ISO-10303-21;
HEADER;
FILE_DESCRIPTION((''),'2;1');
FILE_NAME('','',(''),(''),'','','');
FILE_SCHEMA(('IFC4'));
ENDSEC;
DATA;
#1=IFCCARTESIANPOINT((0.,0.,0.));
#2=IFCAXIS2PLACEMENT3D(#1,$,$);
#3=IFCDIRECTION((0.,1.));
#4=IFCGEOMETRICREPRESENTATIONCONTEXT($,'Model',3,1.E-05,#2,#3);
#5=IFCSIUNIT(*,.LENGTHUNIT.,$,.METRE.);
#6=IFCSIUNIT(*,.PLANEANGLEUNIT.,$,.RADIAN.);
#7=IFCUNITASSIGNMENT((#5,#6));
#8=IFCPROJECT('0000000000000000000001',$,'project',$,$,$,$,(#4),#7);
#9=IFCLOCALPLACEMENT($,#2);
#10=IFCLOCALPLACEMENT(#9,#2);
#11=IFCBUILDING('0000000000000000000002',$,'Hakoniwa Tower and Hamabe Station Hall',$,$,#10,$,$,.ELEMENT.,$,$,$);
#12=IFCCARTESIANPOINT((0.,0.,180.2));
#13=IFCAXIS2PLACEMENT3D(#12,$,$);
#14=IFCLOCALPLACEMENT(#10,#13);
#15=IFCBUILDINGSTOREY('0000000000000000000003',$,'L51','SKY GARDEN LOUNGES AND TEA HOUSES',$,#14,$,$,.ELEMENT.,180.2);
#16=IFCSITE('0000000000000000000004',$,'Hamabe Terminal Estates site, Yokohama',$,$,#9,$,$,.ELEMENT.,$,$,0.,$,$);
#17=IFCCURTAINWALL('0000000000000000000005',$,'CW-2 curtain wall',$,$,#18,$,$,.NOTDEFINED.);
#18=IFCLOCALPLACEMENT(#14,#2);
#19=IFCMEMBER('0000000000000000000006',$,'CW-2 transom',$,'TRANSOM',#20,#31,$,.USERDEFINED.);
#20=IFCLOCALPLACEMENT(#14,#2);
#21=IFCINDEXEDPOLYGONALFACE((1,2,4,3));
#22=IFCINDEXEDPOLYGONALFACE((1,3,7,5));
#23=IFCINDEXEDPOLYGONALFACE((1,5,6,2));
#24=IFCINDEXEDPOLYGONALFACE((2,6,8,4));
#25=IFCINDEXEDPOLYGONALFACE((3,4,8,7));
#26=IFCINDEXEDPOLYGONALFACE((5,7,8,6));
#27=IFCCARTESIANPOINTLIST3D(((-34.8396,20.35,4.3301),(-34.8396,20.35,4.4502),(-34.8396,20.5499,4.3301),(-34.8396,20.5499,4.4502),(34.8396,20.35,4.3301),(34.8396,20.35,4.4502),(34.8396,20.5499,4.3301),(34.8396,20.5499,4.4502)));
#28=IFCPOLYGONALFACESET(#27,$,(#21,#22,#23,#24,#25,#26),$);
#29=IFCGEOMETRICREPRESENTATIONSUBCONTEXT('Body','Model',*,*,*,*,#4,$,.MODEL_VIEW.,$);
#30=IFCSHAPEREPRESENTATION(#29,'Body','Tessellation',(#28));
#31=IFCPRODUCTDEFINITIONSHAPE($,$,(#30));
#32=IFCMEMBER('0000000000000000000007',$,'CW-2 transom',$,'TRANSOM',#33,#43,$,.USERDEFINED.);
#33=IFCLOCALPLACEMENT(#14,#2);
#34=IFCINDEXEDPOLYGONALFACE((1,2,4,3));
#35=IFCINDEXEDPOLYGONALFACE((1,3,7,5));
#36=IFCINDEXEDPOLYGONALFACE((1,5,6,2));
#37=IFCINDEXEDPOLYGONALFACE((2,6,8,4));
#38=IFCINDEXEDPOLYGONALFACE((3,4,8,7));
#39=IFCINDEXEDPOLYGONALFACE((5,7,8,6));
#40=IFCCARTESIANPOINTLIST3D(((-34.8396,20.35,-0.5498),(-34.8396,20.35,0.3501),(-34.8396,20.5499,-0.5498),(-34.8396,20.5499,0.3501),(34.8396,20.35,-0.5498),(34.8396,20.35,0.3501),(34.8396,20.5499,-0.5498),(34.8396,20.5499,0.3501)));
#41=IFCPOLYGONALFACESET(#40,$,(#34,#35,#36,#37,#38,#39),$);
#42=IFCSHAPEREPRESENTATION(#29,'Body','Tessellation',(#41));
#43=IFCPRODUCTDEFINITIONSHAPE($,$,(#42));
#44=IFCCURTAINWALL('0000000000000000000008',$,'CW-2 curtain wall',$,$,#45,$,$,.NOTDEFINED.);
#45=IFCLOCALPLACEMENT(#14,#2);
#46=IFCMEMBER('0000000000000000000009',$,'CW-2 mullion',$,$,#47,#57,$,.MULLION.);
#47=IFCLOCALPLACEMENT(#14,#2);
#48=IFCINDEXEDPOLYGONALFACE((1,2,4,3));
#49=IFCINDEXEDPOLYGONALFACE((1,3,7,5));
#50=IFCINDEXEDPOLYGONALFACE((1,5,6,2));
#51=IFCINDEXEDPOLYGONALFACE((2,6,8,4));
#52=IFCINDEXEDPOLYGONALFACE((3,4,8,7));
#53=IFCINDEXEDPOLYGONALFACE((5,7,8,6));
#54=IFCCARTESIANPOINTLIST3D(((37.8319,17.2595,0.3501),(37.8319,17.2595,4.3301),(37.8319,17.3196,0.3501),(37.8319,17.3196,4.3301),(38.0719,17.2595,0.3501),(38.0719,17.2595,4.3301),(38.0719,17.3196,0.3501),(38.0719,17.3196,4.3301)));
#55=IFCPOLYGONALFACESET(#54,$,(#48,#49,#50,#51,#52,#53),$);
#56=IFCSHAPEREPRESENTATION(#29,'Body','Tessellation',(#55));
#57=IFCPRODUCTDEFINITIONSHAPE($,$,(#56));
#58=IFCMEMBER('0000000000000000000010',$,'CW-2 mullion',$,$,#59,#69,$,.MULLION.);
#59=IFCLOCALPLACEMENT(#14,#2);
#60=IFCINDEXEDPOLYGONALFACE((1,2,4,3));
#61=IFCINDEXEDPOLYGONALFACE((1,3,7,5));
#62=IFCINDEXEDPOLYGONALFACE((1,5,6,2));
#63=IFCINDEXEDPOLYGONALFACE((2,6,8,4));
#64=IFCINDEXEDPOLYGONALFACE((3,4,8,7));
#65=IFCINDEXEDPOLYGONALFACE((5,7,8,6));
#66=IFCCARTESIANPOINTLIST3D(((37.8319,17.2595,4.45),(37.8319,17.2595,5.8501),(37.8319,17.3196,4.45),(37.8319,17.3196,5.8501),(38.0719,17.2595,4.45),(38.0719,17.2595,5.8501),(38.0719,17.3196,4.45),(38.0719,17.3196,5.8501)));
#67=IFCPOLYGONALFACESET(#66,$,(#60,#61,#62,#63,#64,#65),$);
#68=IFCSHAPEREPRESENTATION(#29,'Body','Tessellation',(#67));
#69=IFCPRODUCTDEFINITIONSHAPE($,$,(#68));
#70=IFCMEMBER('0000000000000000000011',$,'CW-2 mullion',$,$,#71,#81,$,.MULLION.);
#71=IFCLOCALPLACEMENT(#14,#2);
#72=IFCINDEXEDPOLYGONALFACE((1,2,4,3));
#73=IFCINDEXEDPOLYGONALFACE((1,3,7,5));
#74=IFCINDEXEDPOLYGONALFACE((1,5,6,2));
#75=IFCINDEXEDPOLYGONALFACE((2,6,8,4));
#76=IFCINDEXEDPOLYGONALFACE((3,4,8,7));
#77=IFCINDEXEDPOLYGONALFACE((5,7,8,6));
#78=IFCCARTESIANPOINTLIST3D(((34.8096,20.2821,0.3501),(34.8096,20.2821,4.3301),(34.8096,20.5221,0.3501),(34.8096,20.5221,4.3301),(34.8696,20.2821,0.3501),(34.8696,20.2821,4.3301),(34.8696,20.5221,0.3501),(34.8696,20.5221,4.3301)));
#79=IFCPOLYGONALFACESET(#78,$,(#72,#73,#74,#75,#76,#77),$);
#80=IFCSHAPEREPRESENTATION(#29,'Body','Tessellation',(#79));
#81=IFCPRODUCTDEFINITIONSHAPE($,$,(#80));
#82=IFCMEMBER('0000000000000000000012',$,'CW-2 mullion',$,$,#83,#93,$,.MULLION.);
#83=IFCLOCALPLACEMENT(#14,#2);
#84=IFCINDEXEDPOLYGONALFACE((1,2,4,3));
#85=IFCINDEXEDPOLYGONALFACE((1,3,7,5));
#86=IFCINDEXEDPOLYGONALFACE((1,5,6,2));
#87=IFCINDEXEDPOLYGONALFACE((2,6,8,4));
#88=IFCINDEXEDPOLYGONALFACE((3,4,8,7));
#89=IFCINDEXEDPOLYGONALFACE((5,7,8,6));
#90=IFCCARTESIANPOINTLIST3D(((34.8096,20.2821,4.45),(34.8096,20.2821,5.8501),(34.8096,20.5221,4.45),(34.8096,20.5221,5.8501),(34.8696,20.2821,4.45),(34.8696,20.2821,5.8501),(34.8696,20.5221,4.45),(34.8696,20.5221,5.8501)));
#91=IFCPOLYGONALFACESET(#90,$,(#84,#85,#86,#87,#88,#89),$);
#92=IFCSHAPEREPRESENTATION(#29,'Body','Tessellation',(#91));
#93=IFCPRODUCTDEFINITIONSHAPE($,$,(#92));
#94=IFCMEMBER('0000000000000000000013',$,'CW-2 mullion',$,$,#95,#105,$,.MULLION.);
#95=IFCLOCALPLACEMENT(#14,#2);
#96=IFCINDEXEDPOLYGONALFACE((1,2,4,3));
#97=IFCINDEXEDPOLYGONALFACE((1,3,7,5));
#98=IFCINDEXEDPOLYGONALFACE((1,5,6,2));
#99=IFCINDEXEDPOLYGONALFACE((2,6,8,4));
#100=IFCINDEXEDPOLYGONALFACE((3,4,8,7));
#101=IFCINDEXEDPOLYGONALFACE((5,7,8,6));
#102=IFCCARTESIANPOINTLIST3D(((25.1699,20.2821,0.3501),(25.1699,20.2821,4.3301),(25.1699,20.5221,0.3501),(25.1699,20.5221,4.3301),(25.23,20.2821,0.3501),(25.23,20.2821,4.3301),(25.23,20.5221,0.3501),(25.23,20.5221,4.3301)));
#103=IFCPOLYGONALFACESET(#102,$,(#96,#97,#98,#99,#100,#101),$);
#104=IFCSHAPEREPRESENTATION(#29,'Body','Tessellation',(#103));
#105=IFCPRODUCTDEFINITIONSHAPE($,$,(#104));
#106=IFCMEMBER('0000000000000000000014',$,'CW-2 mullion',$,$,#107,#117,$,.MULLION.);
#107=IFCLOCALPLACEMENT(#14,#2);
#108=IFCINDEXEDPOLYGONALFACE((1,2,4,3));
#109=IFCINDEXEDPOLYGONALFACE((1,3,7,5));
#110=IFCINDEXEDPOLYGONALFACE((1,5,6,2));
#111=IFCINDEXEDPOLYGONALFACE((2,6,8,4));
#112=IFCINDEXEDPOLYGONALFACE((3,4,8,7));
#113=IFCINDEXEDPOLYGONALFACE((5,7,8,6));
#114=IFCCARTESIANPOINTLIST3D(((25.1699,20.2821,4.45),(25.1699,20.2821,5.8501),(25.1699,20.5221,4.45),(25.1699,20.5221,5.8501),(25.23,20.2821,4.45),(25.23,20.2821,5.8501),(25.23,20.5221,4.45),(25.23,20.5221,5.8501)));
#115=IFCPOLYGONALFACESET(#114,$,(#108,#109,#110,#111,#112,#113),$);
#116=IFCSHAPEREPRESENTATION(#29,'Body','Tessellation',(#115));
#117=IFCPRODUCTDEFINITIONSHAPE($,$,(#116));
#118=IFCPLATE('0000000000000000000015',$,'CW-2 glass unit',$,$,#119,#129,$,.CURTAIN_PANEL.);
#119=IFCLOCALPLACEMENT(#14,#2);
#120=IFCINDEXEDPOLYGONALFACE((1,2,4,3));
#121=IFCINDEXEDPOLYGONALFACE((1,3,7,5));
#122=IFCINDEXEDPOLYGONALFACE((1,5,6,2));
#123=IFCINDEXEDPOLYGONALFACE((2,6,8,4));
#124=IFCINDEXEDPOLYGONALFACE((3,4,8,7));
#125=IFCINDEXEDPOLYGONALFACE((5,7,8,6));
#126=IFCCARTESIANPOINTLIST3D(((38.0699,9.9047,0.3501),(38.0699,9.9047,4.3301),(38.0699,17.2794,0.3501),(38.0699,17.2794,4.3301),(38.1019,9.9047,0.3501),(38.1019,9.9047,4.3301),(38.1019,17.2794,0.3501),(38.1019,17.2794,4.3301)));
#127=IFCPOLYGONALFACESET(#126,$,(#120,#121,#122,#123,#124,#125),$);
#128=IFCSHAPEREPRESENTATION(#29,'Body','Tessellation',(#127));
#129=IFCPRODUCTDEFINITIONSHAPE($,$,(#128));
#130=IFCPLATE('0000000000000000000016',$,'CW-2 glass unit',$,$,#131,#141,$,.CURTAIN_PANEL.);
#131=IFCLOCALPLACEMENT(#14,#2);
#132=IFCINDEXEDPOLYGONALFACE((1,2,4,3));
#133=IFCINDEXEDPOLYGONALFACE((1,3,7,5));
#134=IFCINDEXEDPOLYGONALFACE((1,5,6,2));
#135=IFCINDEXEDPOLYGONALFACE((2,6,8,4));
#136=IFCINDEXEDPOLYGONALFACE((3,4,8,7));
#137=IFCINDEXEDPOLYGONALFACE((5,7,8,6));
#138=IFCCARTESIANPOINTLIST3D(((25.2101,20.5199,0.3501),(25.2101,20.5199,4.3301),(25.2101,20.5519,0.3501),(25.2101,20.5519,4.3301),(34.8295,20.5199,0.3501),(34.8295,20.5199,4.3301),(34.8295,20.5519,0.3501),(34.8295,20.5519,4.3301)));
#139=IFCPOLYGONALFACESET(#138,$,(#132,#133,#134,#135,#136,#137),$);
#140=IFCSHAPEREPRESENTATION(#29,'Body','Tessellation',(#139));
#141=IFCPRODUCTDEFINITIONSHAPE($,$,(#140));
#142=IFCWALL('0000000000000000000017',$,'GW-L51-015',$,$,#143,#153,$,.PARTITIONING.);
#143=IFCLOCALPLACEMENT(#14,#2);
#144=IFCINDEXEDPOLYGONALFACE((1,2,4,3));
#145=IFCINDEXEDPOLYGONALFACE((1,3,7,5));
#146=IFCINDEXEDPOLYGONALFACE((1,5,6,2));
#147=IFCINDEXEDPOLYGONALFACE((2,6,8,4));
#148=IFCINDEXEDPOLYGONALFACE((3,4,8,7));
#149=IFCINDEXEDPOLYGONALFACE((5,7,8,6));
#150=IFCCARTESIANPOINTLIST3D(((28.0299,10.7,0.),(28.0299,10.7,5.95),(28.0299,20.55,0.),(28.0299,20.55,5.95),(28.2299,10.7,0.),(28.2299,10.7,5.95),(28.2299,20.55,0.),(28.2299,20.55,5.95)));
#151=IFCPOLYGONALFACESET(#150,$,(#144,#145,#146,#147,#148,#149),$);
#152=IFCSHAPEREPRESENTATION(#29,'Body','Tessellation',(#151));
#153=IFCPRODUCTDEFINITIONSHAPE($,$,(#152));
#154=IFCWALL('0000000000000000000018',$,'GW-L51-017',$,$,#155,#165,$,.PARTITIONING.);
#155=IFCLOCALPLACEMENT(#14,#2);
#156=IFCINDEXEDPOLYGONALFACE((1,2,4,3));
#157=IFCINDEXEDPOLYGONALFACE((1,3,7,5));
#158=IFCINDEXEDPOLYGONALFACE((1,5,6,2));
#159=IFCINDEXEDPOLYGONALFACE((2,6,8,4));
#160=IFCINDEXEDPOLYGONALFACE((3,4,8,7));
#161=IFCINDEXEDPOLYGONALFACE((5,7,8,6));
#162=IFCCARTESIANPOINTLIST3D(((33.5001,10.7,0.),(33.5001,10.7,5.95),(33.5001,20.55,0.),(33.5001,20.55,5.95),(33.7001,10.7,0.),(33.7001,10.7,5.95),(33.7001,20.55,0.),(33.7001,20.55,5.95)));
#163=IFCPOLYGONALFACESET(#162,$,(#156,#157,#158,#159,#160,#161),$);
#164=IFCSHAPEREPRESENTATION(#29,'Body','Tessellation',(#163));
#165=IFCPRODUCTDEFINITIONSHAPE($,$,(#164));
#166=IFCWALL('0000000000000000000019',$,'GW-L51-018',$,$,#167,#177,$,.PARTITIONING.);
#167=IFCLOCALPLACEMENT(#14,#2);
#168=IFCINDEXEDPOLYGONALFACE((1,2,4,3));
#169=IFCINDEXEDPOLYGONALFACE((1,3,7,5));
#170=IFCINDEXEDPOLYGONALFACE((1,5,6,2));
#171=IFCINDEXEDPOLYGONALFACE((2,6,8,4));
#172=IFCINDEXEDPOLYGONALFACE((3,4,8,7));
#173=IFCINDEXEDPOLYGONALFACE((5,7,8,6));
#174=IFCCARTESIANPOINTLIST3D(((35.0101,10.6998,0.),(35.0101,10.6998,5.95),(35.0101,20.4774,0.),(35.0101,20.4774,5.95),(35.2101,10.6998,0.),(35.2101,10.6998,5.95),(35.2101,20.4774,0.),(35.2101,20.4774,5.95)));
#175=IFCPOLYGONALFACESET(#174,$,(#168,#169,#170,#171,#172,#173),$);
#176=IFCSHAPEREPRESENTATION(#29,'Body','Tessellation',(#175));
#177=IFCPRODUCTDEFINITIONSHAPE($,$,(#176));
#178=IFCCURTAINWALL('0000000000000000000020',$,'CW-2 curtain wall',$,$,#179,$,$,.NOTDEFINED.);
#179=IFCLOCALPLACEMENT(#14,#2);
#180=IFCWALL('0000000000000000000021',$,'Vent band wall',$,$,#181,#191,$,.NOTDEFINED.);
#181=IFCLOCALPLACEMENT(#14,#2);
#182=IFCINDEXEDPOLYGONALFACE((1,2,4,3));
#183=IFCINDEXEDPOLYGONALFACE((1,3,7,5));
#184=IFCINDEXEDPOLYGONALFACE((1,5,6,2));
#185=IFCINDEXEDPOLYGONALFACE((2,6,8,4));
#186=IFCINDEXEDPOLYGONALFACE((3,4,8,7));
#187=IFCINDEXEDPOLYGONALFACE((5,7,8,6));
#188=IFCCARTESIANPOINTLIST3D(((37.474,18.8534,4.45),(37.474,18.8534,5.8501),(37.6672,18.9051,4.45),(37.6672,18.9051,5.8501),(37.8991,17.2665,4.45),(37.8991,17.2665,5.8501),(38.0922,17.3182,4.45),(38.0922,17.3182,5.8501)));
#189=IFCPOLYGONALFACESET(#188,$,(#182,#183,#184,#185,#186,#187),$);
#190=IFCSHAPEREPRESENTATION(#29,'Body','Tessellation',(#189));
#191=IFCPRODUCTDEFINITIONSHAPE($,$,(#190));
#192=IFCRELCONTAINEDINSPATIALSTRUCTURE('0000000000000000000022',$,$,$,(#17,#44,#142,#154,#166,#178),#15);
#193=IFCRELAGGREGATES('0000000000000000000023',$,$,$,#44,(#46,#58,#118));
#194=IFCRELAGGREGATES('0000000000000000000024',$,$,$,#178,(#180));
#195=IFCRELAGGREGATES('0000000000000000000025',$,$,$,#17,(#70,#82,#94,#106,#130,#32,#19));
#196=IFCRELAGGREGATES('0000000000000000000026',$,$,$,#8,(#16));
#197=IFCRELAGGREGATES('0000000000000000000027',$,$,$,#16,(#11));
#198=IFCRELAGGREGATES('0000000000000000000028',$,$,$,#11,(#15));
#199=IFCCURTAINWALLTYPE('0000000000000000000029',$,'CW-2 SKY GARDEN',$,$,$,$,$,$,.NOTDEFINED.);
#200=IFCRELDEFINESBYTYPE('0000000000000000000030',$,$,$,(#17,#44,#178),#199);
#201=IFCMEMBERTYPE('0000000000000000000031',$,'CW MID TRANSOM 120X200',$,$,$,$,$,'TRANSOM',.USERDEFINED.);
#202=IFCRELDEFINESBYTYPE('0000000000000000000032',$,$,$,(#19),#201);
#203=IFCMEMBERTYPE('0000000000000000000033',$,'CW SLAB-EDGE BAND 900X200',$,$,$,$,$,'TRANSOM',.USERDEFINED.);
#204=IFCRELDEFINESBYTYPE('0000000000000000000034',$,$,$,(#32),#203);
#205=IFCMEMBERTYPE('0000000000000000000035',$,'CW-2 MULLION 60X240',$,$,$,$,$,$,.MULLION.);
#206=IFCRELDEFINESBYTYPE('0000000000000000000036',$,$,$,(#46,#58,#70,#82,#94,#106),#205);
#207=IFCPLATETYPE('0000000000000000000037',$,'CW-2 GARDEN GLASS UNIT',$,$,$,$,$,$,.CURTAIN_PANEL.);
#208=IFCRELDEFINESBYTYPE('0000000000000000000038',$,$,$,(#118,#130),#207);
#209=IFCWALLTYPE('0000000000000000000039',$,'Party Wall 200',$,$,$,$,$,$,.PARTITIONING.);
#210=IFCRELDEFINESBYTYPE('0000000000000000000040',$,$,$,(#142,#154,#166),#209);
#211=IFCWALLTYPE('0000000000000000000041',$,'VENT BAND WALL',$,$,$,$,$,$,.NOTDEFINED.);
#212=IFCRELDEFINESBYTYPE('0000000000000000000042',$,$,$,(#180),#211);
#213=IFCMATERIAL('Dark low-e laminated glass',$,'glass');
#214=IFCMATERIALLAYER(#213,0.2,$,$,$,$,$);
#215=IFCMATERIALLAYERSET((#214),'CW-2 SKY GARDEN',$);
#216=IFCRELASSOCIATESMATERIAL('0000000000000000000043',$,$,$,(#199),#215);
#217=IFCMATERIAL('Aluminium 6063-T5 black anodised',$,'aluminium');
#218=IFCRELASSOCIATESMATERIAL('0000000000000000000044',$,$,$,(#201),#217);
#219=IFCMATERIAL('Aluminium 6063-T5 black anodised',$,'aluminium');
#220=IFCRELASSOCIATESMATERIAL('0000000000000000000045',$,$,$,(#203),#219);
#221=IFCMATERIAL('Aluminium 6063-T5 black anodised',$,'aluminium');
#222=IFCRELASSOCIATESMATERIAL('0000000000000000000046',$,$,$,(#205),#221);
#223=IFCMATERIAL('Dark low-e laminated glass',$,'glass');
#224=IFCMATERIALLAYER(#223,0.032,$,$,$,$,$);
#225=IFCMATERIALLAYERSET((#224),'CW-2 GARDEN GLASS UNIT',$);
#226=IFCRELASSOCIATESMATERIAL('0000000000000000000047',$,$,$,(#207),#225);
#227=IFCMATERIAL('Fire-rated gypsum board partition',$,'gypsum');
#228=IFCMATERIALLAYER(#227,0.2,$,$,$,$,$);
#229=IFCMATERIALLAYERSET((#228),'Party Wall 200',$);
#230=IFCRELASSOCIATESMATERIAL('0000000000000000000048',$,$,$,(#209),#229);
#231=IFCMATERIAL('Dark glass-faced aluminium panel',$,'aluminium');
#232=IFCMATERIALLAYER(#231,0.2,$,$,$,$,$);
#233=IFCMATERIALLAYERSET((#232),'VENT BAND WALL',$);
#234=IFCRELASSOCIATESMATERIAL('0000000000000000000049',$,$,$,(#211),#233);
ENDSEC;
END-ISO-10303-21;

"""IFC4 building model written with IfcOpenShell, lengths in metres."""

from ifc_helpers import new_model, si_unit, direction, frame, frame_2d, origin, origin_2d, place, context, subcontext, project, spatial, rectangle, extrude, material, layer, layer_set, material_profile, profile_set, type_object, element, aggregate, save


model = new_model("IFC4")

# Units and contexts
model_context = context("Model", 3, precision=1e-05, world=origin(), true_north=direction((0.0, 1.0)))
body_context = subcontext(model_context, "Body", "Model", "MODEL_VIEW")
ifc_project = project(units=[si_unit("LENGTHUNIT", "METRE"), si_unit("PLANEANGLEUNIT", "RADIAN")], contexts=[model_context])

# Site, building, storey
site_placement = place(None, origin())
site = spatial("IfcSite", under=ifc_project, at=site_placement, Name="Hamabe Terminal Estates site, Yokohama", CompositionType="ELEMENT", RefElevation=0.0)
building_placement = place(site_placement, origin())
building = spatial("IfcBuilding", under=site, at=building_placement, Name="Hakoniwa Tower and Hamabe Station Hall", CompositionType="ELEMENT")
storey_placement = place(building_placement, frame((0.0, 0.0, 180.2)))
storey = spatial("IfcBuildingStorey", under=building, at=storey_placement, Name="L51", Description="SKY GARDEN LOUNGES AND TEA HOUSES", CompositionType="ELEMENT", Elevation=180.2)

# Curtain walls, members
ifc_material_1 = material(Name="Dark low-e laminated glass", Category="glass")
ifc_layer_1 = layer(ifc_material_1, 0.2)
ifc_layer_set_1 = layer_set([ifc_layer_1], Name="CW-2 SKY GARDEN")
curtain_wall_type = type_object("IfcCurtainWallType", Name="CW-2 SKY GARDEN", PredefinedType="NOTDEFINED", material=ifc_layer_set_1)
curtain_wall_1_placement = place(storey_placement, origin())
curtain_wall_1 = element("IfcCurtainWall", 1, at=curtain_wall_1_placement, inside=storey, type_object=curtain_wall_type, Name="CW-2 curtain wall", PredefinedType="NOTDEFINED")
ifc_material_2 = material(Name="Aluminium 6063-T5 black anodised", Category="aluminium")
ifc_material_profile_1 = material_profile(ifc_material_2, rectangle(XDim=0.2, YDim=0.1201, at=origin_2d()), Name="CW MID TRANSOM 120X200")
ifc_profile_set_1 = profile_set([ifc_material_profile_1], Name="Aluminium 6063-T5 black anodised")
member_type_1 = type_object("IfcMemberType", Name="CW MID TRANSOM 120X200", ElementType="TRANSOM", PredefinedType="USERDEFINED", material=ifc_profile_set_1)
member_1_placement = place(storey_placement, frame((34.8396, 20.45, 4.3901), z_axis=(-1.0, 0.0, 0.0), x_axis=(0.0, -1.0, 0.0)))
member_1 = element("IfcMember", 2, at=member_1_placement, type_object=member_type_1, Name="CW-2 transom", ObjectType="TRANSOM", PredefinedType="USERDEFINED", context=body_context, shape_type="SweptSolid", body=[
    extrude(rectangle(XDim=0.2, YDim=0.1201, at=origin_2d()), origin(), (0.0, 0.0, 1.0), 69.6792),
])
ifc_material_3 = material(Name="Aluminium 6063-T5 black anodised", Category="aluminium")
ifc_material_profile_2 = material_profile(ifc_material_3, rectangle(XDim=0.2, YDim=0.8999, at=origin_2d()), Name="CW SLAB-EDGE BAND 900X200")
ifc_profile_set_2 = profile_set([ifc_material_profile_2], Name="Aluminium 6063-T5 black anodised")
member_type_2 = type_object("IfcMemberType", Name="CW SLAB-EDGE BAND 900X200", ElementType="TRANSOM", PredefinedType="USERDEFINED", material=ifc_profile_set_2)
member_2_placement = place(storey_placement, frame((34.8396, 20.45, -0.0999), z_axis=(-1.0, 0.0, 0.0), x_axis=(0.0, -1.0, 0.0)))
member_2 = element("IfcMember", 3, at=member_2_placement, type_object=member_type_2, Name="CW-2 transom", ObjectType="TRANSOM", PredefinedType="USERDEFINED", context=body_context, shape_type="SweptSolid", body=[
    extrude(rectangle(XDim=0.2, YDim=0.8999, at=origin_2d()), origin(), (0.0, 0.0, 1.0), 69.6792),
])
curtain_wall_2_placement = place(storey_placement, origin())
curtain_wall_2 = element("IfcCurtainWall", 4, at=curtain_wall_2_placement, inside=storey, type_object=curtain_wall_type, Name="CW-2 curtain wall", PredefinedType="NOTDEFINED")
ifc_material_4 = material(Name="Aluminium 6063-T5 black anodised", Category="aluminium")
ifc_material_profile_3 = material_profile(ifc_material_4, rectangle(XDim=0.0601, YDim=0.24, at=origin_2d()), Name="CW-2 MULLION 60X240")
ifc_profile_set_3 = profile_set([ifc_material_profile_3], Name="Aluminium 6063-T5 black anodised")
member_type_3 = type_object("IfcMemberType", Name="CW-2 MULLION 60X240", PredefinedType="MULLION", material=ifc_profile_set_3)
member_3_placement = place(storey_placement, frame((37.9519, 17.2896, 0.3501), z_axis=(0.0, 0.0, 1.0), x_axis=(0.0, 1.0, 0.0)))
member_3 = element("IfcMember", 5, at=member_3_placement, type_object=member_type_3, Name="CW-2 mullion", PredefinedType="MULLION", context=body_context, shape_type="SweptSolid", body=[
    extrude(rectangle(XDim=0.0601, YDim=0.24, at=origin_2d()), origin(), (0.0, 0.0, 1.0), 3.98),
])
member_4_placement = place(storey_placement, frame((37.9519, 17.2896, 4.45), z_axis=(0.0, 0.0, 1.0), x_axis=(0.0, 1.0, 0.0)))
member_4 = element("IfcMember", 6, at=member_4_placement, type_object=member_type_3, Name="CW-2 mullion", PredefinedType="MULLION", context=body_context, shape_type="SweptSolid", body=[
    extrude(rectangle(XDim=0.0601, YDim=0.24, at=origin_2d()), origin(), (0.0, 0.0, 1.0), 1.4001),
])

# Members
member_5_placement = place(storey_placement, frame((34.8396, 20.4021, 0.3501), z_axis=(0.0, 0.0, 1.0), x_axis=(-1.0, 0.0, 0.0)))
member_5 = element("IfcMember", 7, at=member_5_placement, type_object=member_type_3, Name="CW-2 mullion", PredefinedType="MULLION", context=body_context, shape_type="SweptSolid", body=[
    extrude(rectangle(XDim=0.0601, YDim=0.24, at=origin_2d()), origin(), (0.0, 0.0, 1.0), 3.98),
])
member_6_placement = place(storey_placement, frame((34.8396, 20.4021, 4.45), z_axis=(0.0, 0.0, 1.0), x_axis=(-1.0, 0.0, 0.0)))
member_6 = element("IfcMember", 8, at=member_6_placement, type_object=member_type_3, Name="CW-2 mullion", PredefinedType="MULLION", context=body_context, shape_type="SweptSolid", body=[
    extrude(rectangle(XDim=0.0601, YDim=0.24, at=origin_2d()), origin(), (0.0, 0.0, 1.0), 1.4001),
])
member_7_placement = place(storey_placement, frame((25.2, 20.4021, 0.3501), z_axis=(0.0, 0.0, 1.0), x_axis=(-1.0, 0.0, 0.0)))
member_7 = element("IfcMember", 9, at=member_7_placement, type_object=member_type_3, Name="CW-2 mullion", PredefinedType="MULLION", context=body_context, shape_type="SweptSolid", body=[
    extrude(rectangle(XDim=0.0601, YDim=0.24, at=origin_2d()), origin(), (0.0, 0.0, 1.0), 3.98),
])
member_8_placement = place(storey_placement, frame((25.2, 20.4021, 4.45), z_axis=(0.0, 0.0, 1.0), x_axis=(-1.0, 0.0, 0.0)))
member_8 = element("IfcMember", 10, at=member_8_placement, type_object=member_type_3, Name="CW-2 mullion", PredefinedType="MULLION", context=body_context, shape_type="SweptSolid", body=[
    extrude(rectangle(XDim=0.0601, YDim=0.24, at=origin_2d()), origin(), (0.0, 0.0, 1.0), 1.4001),
])

# Plates
ifc_material_5 = material(Name="Dark low-e laminated glass", Category="glass")
ifc_layer_2 = layer(ifc_material_5, 0.032)
ifc_layer_set_2 = layer_set([ifc_layer_2], Name="CW-2 GARDEN GLASS UNIT")
plate_type = type_object("IfcPlateType", Name="CW-2 GARDEN GLASS UNIT", PredefinedType="CURTAIN_PANEL", material=ifc_layer_set_2)
plate_1_placement = place(storey_placement, frame((38.0859, 13.592, 0.3501), z_axis=(0.0, 0.0, 1.0), x_axis=(0.0, 1.0, 0.0)))
plate_1 = element("IfcPlate", 11, at=plate_1_placement, type_object=plate_type, Name="CW-2 glass unit", PredefinedType="CURTAIN_PANEL", context=body_context, shape_type="SweptSolid", body=[
    extrude(rectangle(XDim=7.3748, YDim=0.032, at=origin_2d()), origin(), (0.0, 0.0, 1.0), 3.98),
])
aggregate(curtain_wall_2, [member_3, member_4, plate_1])
plate_2_placement = place(storey_placement, frame((30.0198, 20.5359, 0.3501), z_axis=(0.0, 0.0, 1.0), x_axis=(-1.0, 0.0, 0.0)))
plate_2 = element("IfcPlate", 12, at=plate_2_placement, type_object=plate_type, Name="CW-2 glass unit", PredefinedType="CURTAIN_PANEL", context=body_context, shape_type="SweptSolid", body=[
    extrude(rectangle(XDim=9.6194, YDim=0.032, at=origin_2d()), origin(), (0.0, 0.0, 1.0), 3.98),
])

# Walls
ifc_material_6 = material(Name="Fire-rated gypsum board partition", Category="gypsum")
ifc_layer_3 = layer(ifc_material_6, 0.2)
ifc_layer_set_3 = layer_set([ifc_layer_3], Name="Party Wall 200")
wall_type_1 = type_object("IfcWallType", Name="Party Wall 200", PredefinedType="PARTITIONING", material=ifc_layer_set_3)
for number, where, z_axis, x_axis, name in (
    (13, (28.1299, 10.7, 0.0), (0.0, 0.0, 1.0), (0.0, 1.0, 0.0), "GW-L51-015"),
    (14, (33.6001, 10.7, 0.0), (0.0, 0.0, 1.0), (0.0, 1.0, 0.0), "GW-L51-017"),
):
    element("IfcWall", number, at=place(storey_placement, frame(where, z_axis=z_axis, x_axis=x_axis)), inside=storey, type_object=wall_type_1, Name=name, PredefinedType="PARTITIONING", context=body_context, shape_type="SweptSolid", body=[
        extrude(rectangle(XDim=9.8501, YDim=0.2, at=frame_2d((4.925, 0.0))), origin(), (0.0, 0.0, 1.0), 5.95),
    ])
wall_1_placement = place(storey_placement, frame((35.1101, 10.7, 0.0), z_axis=(0.0, 0.0, 1.0), x_axis=(0.0, 1.0, 0.0)))
element("IfcWall", 15, at=wall_1_placement, inside=storey, type_object=wall_type_1, Name="GW-L51-018", PredefinedType="PARTITIONING", context=body_context, shape_type="SweptSolid", body=[
    extrude(rectangle(XDim=9.7776, YDim=0.2, at=frame_2d((4.8887, 0.0))), origin(), (0.0, 0.0, 1.0), 5.95),
])

# Curtain wall, wall
curtain_wall_3_placement = place(storey_placement, origin())
curtain_wall_3 = element("IfcCurtainWall", 16, at=curtain_wall_3_placement, inside=storey, type_object=curtain_wall_type, Name="CW-2 curtain wall", PredefinedType="NOTDEFINED")
ifc_material_7 = material(Name="Dark glass-faced aluminium panel", Category="aluminium")
ifc_layer_4 = layer(ifc_material_7, 0.2)
ifc_layer_set_4 = layer_set([ifc_layer_4], Name="VENT BAND WALL")
wall_type_2 = type_object("IfcWallType", Name="VENT BAND WALL", PredefinedType="NOTDEFINED", material=ifc_layer_set_4)
wall_2_placement = place(storey_placement, frame((37.9956, 17.2925, 4.45), z_axis=(0.0, 0.0, 1.0), x_axis=(-0.258726, 0.965951, 0.0)))
wall_2 = element("IfcWall", 17, at=wall_2_placement, type_object=wall_type_2, Name="Vent band wall", PredefinedType="NOTDEFINED", context=body_context, shape_type="SweptSolid", body=[
    extrude(rectangle(XDim=1.6428, YDim=0.2, at=frame_2d((0.8213, 0.0))), origin(), (0.0, 0.0, 1.0), 1.4001),
])
aggregate(curtain_wall_3, [wall_2])

aggregate(curtain_wall_1, [member_5, member_6, member_7, member_8, plate_2, member_2, member_1])

save(model, "model.ifc")
